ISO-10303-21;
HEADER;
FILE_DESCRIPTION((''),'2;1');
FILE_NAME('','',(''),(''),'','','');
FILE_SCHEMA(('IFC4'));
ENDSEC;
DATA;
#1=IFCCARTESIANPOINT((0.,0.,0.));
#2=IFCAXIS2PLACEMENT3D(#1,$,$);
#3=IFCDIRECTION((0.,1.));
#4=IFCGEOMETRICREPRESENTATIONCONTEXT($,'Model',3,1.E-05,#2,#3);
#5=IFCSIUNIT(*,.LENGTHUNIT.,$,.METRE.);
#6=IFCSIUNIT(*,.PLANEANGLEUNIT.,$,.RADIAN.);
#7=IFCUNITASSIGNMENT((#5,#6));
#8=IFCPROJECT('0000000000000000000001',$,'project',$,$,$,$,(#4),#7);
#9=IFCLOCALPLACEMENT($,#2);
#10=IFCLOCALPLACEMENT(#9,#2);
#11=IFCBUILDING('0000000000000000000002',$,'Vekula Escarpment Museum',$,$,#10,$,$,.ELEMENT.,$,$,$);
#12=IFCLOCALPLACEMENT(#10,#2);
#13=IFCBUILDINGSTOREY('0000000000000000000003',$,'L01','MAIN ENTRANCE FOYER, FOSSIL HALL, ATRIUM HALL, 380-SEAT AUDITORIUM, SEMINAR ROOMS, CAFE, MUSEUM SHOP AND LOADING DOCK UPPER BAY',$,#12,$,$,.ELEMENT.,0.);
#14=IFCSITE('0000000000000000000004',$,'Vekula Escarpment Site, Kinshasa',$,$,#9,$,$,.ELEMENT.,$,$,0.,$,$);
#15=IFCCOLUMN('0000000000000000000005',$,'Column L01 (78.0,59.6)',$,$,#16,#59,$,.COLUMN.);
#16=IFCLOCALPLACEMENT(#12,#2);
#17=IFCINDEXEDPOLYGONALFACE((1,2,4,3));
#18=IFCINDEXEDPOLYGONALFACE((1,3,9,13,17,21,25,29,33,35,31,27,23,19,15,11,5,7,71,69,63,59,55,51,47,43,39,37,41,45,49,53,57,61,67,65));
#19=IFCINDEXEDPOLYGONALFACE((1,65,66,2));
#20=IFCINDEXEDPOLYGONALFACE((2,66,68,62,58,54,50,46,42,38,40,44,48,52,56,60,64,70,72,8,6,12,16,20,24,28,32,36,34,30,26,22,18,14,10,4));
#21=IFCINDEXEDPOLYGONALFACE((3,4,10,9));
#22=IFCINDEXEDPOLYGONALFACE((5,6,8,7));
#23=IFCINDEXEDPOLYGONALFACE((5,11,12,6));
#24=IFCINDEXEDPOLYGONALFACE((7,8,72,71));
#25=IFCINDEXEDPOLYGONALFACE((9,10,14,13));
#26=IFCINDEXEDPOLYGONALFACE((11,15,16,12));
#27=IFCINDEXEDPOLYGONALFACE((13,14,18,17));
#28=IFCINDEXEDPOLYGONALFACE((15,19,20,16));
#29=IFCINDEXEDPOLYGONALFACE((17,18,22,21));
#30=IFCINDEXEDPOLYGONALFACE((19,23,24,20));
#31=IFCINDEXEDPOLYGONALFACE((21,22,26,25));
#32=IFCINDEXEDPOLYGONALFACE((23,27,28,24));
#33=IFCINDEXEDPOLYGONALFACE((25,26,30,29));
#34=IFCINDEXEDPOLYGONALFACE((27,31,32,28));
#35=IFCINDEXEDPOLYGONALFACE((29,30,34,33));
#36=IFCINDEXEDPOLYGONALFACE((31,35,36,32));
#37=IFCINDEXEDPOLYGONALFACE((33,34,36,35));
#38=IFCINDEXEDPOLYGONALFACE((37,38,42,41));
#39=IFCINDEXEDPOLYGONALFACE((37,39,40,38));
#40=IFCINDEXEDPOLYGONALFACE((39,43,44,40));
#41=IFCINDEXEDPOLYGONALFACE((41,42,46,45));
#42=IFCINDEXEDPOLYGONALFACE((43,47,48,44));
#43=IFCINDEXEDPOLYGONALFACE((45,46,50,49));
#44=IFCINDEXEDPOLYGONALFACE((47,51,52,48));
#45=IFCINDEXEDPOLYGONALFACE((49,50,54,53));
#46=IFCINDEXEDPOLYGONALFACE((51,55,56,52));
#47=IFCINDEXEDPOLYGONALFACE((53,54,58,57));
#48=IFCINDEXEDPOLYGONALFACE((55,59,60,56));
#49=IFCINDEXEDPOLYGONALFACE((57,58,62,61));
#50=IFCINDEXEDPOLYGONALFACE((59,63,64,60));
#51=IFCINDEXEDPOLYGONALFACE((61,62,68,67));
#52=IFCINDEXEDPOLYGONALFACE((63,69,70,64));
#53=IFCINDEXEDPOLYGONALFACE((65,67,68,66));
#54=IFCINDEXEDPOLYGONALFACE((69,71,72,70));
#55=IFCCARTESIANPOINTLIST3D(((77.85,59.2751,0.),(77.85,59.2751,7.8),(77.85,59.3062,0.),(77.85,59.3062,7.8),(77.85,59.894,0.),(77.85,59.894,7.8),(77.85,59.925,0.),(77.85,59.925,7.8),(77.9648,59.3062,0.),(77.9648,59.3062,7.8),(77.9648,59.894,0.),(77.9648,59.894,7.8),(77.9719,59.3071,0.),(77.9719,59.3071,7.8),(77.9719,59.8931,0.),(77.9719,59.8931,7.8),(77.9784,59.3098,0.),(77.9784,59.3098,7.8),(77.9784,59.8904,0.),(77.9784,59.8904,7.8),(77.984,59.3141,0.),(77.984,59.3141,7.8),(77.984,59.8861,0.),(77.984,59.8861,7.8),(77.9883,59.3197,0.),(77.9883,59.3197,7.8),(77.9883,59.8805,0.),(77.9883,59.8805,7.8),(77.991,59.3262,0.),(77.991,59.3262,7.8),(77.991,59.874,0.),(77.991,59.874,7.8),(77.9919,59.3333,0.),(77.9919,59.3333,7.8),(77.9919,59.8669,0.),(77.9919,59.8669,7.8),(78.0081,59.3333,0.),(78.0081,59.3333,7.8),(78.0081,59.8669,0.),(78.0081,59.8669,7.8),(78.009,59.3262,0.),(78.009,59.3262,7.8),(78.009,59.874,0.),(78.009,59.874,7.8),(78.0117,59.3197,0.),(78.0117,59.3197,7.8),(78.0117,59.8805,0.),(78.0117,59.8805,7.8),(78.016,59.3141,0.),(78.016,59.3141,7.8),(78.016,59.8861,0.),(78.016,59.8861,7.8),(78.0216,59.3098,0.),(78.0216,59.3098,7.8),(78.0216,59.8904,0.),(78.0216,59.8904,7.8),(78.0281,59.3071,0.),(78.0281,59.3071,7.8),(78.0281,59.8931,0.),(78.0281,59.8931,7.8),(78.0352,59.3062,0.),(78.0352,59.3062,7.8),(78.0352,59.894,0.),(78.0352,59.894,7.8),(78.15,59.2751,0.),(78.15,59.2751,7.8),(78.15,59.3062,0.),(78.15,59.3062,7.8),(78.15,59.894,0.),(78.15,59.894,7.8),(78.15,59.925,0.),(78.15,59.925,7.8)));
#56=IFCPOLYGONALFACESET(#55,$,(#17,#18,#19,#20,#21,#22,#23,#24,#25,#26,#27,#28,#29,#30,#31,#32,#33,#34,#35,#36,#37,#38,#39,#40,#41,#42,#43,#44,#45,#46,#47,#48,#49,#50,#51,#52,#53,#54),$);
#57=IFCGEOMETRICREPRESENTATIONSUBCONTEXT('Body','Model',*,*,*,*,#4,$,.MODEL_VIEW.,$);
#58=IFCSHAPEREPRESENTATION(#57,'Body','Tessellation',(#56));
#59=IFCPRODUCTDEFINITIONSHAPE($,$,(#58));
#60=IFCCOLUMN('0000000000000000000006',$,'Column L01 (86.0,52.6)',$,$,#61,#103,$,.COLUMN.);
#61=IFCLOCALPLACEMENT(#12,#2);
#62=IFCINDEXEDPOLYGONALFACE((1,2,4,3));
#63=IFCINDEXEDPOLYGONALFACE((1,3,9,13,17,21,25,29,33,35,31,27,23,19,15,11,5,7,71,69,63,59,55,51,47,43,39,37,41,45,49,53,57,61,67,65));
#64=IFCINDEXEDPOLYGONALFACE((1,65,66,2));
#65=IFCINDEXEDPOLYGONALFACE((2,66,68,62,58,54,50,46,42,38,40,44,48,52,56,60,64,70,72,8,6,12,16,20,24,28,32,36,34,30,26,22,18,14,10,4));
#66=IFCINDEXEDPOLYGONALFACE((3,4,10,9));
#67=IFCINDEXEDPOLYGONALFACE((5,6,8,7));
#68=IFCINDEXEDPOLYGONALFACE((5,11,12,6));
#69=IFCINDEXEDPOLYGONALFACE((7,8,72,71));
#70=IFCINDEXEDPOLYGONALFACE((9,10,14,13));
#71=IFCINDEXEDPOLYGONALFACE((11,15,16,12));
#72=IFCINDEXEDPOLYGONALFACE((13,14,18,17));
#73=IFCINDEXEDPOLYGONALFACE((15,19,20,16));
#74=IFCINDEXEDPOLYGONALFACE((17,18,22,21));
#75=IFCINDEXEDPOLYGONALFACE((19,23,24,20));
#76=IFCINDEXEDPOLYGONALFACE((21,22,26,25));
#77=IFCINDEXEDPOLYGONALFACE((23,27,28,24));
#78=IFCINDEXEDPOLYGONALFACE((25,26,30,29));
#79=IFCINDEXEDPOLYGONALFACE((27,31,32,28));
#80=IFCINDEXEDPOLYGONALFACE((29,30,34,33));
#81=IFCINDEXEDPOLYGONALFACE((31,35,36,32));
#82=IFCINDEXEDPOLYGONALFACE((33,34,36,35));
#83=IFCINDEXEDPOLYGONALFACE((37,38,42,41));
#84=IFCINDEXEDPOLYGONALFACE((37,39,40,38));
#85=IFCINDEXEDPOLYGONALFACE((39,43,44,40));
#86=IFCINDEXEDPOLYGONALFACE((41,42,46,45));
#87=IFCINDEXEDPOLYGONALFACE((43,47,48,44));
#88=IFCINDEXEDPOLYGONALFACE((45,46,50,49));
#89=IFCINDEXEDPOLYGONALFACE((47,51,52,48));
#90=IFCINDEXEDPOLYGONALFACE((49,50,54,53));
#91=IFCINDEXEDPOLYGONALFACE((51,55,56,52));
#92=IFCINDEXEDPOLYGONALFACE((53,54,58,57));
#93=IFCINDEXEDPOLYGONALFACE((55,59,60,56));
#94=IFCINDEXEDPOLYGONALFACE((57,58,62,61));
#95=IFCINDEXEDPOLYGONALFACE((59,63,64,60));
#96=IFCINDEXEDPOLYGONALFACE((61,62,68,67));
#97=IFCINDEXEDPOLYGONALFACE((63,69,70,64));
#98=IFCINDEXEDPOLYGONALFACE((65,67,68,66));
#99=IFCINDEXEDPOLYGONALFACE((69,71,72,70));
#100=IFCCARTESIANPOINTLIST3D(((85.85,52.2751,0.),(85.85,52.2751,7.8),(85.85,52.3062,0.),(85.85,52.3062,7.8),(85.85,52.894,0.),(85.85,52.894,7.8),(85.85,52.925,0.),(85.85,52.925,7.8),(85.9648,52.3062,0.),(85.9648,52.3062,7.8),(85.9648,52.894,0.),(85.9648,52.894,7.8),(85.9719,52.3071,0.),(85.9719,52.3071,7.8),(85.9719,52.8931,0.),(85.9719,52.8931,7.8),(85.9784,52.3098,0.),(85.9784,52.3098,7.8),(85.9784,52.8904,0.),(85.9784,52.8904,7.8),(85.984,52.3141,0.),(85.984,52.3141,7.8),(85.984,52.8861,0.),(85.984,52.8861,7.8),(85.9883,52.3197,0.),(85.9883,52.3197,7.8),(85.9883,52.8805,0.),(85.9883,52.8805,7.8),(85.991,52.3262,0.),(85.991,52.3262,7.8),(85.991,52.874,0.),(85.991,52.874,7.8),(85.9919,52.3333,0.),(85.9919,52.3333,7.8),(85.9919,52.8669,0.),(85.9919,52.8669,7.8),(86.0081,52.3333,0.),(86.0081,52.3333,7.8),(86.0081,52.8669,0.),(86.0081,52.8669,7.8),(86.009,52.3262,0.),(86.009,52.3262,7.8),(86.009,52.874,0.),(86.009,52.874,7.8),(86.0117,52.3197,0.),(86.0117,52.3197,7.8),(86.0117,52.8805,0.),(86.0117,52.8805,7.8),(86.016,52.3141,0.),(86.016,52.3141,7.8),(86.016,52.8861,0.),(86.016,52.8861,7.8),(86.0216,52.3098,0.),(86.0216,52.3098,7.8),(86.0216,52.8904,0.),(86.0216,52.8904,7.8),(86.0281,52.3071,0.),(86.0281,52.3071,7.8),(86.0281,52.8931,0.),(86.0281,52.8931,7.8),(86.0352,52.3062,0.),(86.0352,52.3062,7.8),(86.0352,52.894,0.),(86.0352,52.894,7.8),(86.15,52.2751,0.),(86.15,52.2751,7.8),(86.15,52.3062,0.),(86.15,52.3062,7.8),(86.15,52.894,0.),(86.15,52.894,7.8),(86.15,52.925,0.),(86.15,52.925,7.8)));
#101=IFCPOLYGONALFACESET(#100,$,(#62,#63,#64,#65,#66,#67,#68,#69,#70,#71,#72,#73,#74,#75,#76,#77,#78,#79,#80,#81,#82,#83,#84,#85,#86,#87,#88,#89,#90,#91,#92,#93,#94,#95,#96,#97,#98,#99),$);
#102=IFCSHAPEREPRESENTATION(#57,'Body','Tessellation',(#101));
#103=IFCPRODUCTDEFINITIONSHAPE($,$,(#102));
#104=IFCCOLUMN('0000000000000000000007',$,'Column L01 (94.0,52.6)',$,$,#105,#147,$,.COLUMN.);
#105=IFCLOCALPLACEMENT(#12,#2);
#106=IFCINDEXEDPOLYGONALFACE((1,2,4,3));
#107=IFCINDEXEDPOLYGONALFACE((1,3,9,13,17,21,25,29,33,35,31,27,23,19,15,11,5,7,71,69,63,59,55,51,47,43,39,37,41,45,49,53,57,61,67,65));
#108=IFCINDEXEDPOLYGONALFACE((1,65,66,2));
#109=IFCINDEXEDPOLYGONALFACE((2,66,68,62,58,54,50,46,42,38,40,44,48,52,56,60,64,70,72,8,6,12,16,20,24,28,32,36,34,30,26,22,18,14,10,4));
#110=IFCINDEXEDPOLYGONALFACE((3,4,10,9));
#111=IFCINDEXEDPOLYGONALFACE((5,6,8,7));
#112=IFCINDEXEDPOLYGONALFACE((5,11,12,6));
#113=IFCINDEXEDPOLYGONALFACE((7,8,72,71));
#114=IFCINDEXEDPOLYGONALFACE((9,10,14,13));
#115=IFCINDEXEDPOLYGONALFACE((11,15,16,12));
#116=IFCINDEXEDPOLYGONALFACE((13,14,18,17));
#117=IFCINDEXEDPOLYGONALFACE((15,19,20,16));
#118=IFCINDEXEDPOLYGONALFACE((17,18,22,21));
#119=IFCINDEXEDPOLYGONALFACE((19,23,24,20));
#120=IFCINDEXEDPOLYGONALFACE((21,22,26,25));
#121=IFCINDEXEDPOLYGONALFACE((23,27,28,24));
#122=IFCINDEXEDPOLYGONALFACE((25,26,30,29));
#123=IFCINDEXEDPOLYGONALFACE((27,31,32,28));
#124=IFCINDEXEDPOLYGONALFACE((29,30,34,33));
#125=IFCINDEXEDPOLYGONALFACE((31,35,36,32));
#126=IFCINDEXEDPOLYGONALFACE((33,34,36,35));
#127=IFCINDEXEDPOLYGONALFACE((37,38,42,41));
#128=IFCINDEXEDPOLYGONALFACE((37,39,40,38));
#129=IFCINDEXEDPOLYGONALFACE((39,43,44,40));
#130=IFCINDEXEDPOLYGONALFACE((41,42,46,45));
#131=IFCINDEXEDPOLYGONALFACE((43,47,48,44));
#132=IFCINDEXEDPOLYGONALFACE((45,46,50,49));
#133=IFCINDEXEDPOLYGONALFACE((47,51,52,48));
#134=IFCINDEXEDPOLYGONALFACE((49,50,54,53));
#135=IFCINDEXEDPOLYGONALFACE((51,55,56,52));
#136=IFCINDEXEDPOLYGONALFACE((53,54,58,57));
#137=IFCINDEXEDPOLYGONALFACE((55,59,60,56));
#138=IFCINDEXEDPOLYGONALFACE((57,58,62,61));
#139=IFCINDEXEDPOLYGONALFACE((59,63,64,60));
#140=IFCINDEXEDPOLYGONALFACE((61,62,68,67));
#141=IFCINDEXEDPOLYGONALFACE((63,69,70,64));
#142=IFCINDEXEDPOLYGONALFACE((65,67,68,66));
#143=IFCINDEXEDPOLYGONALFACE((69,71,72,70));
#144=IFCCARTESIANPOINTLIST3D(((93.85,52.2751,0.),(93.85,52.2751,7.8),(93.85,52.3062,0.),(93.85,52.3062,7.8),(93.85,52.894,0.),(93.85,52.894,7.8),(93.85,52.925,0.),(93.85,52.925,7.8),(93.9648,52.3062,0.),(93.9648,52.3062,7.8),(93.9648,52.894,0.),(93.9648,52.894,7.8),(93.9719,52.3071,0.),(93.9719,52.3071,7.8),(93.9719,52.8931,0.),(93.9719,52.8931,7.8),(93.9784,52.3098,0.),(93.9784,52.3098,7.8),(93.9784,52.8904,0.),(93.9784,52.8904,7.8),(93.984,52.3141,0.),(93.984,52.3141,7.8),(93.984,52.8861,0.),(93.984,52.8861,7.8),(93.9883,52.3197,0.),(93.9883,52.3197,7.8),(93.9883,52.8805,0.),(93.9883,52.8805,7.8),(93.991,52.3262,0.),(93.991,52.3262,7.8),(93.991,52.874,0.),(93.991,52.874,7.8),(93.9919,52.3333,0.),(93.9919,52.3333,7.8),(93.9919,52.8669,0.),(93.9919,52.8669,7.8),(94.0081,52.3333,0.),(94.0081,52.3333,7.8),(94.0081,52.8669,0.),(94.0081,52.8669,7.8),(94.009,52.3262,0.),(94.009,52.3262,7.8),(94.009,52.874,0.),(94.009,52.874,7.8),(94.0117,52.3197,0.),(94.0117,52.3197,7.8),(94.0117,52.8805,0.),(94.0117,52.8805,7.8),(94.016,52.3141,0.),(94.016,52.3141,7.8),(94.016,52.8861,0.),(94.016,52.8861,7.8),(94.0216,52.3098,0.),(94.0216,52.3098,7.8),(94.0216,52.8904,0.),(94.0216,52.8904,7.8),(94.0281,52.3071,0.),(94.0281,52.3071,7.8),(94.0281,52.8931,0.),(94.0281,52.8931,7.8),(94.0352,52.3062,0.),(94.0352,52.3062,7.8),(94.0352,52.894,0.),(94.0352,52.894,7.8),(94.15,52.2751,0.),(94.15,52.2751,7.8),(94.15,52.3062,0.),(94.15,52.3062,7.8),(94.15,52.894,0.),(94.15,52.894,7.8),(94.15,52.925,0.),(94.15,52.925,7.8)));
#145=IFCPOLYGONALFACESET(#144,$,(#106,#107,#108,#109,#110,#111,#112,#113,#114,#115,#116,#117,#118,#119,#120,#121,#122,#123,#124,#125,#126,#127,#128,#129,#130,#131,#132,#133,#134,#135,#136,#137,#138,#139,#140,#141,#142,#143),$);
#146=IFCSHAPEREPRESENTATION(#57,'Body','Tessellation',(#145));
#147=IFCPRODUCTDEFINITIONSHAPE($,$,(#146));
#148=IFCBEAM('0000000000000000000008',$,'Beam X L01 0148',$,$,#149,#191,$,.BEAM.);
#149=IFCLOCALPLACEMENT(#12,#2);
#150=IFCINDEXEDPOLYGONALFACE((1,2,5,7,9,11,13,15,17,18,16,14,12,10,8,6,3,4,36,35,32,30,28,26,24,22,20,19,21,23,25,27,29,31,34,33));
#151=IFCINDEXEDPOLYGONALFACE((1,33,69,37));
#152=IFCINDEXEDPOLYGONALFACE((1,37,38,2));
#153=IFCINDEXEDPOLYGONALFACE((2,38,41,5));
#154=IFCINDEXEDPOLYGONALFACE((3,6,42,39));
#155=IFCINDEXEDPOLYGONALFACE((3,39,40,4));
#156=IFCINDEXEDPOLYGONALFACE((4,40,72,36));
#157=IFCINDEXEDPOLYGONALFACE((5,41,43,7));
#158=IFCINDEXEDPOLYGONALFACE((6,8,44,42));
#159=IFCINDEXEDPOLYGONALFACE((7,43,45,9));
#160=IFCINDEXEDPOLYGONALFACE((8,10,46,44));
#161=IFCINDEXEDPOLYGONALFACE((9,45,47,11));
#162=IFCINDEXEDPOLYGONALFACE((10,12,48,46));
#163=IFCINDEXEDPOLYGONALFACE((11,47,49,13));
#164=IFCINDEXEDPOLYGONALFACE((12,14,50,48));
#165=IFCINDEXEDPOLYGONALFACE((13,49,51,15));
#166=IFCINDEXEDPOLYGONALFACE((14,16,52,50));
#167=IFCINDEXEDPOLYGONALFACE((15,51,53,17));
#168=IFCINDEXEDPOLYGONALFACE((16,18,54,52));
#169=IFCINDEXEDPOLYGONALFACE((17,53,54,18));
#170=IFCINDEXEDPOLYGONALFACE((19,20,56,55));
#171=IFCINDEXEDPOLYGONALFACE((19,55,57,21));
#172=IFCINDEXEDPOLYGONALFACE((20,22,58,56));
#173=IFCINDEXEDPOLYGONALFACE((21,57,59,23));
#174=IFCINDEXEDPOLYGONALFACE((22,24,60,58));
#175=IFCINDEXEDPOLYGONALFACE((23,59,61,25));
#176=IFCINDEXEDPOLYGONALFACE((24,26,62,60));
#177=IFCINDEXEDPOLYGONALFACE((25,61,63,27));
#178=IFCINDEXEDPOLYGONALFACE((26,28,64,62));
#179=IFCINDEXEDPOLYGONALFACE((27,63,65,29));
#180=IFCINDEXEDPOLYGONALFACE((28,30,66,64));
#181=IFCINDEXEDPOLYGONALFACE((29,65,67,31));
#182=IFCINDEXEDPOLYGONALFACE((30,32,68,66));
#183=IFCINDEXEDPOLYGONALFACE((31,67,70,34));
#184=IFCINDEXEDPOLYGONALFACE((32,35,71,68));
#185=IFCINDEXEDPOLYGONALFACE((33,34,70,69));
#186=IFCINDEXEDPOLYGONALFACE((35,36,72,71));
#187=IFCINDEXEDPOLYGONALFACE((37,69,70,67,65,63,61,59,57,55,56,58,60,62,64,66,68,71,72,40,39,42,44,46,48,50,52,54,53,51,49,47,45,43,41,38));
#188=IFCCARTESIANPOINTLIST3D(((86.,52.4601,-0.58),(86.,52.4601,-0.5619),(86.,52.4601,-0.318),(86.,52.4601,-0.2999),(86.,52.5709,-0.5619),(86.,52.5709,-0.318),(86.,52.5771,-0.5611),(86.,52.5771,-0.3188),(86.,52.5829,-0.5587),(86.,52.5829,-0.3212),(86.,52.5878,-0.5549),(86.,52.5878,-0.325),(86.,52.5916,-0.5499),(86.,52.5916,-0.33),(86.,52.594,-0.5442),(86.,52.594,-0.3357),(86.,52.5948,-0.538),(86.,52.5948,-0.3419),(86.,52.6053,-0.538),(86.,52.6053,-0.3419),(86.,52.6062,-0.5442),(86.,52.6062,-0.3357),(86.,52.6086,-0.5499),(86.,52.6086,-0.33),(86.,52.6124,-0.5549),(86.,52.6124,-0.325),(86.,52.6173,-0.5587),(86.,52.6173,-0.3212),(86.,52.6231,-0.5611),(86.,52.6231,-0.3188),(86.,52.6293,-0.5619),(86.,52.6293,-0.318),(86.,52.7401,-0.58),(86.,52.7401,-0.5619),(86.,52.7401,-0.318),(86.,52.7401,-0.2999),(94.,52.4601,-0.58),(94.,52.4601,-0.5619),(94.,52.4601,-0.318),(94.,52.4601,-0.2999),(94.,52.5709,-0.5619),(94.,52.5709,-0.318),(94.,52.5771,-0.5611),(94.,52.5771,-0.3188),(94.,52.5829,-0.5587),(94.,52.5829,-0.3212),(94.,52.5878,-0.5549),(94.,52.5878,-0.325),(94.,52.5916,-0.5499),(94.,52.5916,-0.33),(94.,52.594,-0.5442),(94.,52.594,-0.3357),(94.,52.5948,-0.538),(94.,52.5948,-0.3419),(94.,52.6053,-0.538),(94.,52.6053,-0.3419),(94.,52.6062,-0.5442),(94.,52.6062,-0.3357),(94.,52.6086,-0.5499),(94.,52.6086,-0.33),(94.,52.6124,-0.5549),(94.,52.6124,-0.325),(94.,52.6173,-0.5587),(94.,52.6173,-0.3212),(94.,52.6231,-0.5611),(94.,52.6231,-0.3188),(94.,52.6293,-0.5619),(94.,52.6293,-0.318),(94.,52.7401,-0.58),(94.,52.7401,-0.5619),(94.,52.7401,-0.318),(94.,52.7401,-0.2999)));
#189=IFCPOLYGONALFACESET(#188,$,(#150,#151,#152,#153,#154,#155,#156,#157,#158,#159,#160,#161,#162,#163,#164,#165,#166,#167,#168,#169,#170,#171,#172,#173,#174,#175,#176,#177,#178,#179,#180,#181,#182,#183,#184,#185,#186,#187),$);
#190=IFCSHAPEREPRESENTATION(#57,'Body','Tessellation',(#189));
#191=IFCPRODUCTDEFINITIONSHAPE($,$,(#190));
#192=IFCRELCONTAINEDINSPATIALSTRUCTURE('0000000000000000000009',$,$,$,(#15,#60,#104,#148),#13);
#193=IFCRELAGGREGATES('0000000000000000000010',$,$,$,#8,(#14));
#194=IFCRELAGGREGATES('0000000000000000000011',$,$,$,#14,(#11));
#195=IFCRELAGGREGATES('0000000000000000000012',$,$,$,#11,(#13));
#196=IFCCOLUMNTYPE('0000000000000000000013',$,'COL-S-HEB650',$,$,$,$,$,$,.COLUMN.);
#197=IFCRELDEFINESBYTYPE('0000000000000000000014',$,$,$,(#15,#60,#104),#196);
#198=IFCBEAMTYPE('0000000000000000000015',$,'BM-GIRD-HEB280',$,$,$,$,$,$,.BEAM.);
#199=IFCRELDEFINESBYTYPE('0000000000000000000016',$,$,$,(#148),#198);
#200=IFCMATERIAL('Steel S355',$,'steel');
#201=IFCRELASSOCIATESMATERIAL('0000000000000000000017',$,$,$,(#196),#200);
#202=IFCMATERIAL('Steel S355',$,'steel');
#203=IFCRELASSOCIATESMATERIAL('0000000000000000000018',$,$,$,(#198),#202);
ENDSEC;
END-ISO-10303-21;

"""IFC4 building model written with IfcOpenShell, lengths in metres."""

from ifc_helpers import new_model, si_unit, direction, frame, origin, origin_2d, place, context, subcontext, project, spatial, i_section, extrude, material, material_profile, profile_set, type_object, element, save


model = new_model("IFC4")

# Units and contexts
model_context = context("Model", 3, precision=1e-05, world=origin(), true_north=direction((0.0, 1.0)))
body_context = subcontext(model_context, "Body", "Model", "MODEL_VIEW")
ifc_project = project(units=[si_unit("LENGTHUNIT", "METRE"), si_unit("PLANEANGLEUNIT", "RADIAN")], contexts=[model_context])

# Site, building, storey
site_placement = place(None, origin())
site = spatial("IfcSite", under=ifc_project, at=site_placement, Name="Vekula Escarpment Site, Kinshasa", CompositionType="ELEMENT", RefElevation=0.0)
building_placement = place(site_placement, origin())
building = spatial("IfcBuilding", under=site, at=building_placement, Name="Vekula Escarpment Museum", CompositionType="ELEMENT")
storey_placement = place(building_placement, origin())
storey = spatial("IfcBuildingStorey", under=building, at=storey_placement, Name="L01", Description="MAIN ENTRANCE FOYER, FOSSIL HALL, ATRIUM HALL, 380-SEAT AUDITORIUM, SEMINAR ROOMS, CAFE, MUSEUM SHOP AND LOADING DOCK UPPER BAY", CompositionType="ELEMENT", Elevation=0.0)

# Columns
ifc_material_1 = material(Name="Steel S355", Category="steel")
ifc_material_profile_1 = material_profile(ifc_material_1, i_section(OverallWidth=0.3, OverallDepth=0.6499, WebThickness=0.0161, FlangeThickness=0.031, FilletRadius=0.0271, at=origin_2d()), Name="HEB 650")
ifc_profile_set_1 = profile_set([ifc_material_profile_1], Name="Steel S355")
column_type = type_object("IfcColumnType", Name="COL-S-HEB650", PredefinedType="COLUMN", material=ifc_profile_set_1)
for number, where, z_axis, x_axis, name in (
    (1, (78.0, 59.6001, 0.0), (0.0, 0.0, 1.0), (1.0, 0.0, 0.0), "Column L01 (78.0,59.6)"),
    (2, (86.0, 52.6001, 0.0), (0.0, 0.0, 1.0), (1.0, 0.0, 0.0), "Column L01 (86.0,52.6)"),
    (3, (94.0, 52.6001, 0.0), (0.0, 0.0, 1.0), (1.0, 0.0, 0.0), "Column L01 (94.0,52.6)"),
):
    element("IfcColumn", number, at=place(storey_placement, frame(where, z_axis=z_axis, x_axis=x_axis)), inside=storey, type_object=column_type, Name=name, PredefinedType="COLUMN", context=body_context, shape_type="SweptSolid", body=[
        extrude(i_section(OverallWidth=0.3, OverallDepth=0.6499, WebThickness=0.0161, FlangeThickness=0.031, FilletRadius=0.0271, at=origin_2d()), origin(), (0.0, 0.0, 1.0), 7.8),
    ])

# Beam
ifc_material_2 = material(Name="Steel S355", Category="steel")
ifc_material_profile_2 = material_profile(ifc_material_2, i_section(OverallWidth=0.28, OverallDepth=0.28, WebThickness=0.0105, FlangeThickness=0.0181, FilletRadius=0.0239, at=origin_2d()), Name="HEB 280")
ifc_profile_set_2 = profile_set([ifc_material_profile_2], Name="Steel S355")
beam_type_1 = type_object("IfcBeamType", Name="BM-GIRD-HEB280", PredefinedType="BEAM", material=ifc_profile_set_2)
beam_1_placement = place(storey_placement, frame((86.0, 52.6001, -0.4399), z_axis=(1.0, 0.0, 0.0), x_axis=(0.0, 1.0, 0.0)))
element("IfcBeam", 4, at=beam_1_placement, inside=storey, type_object=beam_type_1, Name="Beam X L01 0148", PredefinedType="BEAM", context=body_context, shape_type="SweptSolid", body=[
    extrude(i_section(OverallWidth=0.28, OverallDepth=0.28, WebThickness=0.0105, FlangeThickness=0.0181, FilletRadius=0.0239, at=origin_2d()), origin(), (0.0, 0.0, 1.0), 8.0),
])

save(model, "model.ifc")
